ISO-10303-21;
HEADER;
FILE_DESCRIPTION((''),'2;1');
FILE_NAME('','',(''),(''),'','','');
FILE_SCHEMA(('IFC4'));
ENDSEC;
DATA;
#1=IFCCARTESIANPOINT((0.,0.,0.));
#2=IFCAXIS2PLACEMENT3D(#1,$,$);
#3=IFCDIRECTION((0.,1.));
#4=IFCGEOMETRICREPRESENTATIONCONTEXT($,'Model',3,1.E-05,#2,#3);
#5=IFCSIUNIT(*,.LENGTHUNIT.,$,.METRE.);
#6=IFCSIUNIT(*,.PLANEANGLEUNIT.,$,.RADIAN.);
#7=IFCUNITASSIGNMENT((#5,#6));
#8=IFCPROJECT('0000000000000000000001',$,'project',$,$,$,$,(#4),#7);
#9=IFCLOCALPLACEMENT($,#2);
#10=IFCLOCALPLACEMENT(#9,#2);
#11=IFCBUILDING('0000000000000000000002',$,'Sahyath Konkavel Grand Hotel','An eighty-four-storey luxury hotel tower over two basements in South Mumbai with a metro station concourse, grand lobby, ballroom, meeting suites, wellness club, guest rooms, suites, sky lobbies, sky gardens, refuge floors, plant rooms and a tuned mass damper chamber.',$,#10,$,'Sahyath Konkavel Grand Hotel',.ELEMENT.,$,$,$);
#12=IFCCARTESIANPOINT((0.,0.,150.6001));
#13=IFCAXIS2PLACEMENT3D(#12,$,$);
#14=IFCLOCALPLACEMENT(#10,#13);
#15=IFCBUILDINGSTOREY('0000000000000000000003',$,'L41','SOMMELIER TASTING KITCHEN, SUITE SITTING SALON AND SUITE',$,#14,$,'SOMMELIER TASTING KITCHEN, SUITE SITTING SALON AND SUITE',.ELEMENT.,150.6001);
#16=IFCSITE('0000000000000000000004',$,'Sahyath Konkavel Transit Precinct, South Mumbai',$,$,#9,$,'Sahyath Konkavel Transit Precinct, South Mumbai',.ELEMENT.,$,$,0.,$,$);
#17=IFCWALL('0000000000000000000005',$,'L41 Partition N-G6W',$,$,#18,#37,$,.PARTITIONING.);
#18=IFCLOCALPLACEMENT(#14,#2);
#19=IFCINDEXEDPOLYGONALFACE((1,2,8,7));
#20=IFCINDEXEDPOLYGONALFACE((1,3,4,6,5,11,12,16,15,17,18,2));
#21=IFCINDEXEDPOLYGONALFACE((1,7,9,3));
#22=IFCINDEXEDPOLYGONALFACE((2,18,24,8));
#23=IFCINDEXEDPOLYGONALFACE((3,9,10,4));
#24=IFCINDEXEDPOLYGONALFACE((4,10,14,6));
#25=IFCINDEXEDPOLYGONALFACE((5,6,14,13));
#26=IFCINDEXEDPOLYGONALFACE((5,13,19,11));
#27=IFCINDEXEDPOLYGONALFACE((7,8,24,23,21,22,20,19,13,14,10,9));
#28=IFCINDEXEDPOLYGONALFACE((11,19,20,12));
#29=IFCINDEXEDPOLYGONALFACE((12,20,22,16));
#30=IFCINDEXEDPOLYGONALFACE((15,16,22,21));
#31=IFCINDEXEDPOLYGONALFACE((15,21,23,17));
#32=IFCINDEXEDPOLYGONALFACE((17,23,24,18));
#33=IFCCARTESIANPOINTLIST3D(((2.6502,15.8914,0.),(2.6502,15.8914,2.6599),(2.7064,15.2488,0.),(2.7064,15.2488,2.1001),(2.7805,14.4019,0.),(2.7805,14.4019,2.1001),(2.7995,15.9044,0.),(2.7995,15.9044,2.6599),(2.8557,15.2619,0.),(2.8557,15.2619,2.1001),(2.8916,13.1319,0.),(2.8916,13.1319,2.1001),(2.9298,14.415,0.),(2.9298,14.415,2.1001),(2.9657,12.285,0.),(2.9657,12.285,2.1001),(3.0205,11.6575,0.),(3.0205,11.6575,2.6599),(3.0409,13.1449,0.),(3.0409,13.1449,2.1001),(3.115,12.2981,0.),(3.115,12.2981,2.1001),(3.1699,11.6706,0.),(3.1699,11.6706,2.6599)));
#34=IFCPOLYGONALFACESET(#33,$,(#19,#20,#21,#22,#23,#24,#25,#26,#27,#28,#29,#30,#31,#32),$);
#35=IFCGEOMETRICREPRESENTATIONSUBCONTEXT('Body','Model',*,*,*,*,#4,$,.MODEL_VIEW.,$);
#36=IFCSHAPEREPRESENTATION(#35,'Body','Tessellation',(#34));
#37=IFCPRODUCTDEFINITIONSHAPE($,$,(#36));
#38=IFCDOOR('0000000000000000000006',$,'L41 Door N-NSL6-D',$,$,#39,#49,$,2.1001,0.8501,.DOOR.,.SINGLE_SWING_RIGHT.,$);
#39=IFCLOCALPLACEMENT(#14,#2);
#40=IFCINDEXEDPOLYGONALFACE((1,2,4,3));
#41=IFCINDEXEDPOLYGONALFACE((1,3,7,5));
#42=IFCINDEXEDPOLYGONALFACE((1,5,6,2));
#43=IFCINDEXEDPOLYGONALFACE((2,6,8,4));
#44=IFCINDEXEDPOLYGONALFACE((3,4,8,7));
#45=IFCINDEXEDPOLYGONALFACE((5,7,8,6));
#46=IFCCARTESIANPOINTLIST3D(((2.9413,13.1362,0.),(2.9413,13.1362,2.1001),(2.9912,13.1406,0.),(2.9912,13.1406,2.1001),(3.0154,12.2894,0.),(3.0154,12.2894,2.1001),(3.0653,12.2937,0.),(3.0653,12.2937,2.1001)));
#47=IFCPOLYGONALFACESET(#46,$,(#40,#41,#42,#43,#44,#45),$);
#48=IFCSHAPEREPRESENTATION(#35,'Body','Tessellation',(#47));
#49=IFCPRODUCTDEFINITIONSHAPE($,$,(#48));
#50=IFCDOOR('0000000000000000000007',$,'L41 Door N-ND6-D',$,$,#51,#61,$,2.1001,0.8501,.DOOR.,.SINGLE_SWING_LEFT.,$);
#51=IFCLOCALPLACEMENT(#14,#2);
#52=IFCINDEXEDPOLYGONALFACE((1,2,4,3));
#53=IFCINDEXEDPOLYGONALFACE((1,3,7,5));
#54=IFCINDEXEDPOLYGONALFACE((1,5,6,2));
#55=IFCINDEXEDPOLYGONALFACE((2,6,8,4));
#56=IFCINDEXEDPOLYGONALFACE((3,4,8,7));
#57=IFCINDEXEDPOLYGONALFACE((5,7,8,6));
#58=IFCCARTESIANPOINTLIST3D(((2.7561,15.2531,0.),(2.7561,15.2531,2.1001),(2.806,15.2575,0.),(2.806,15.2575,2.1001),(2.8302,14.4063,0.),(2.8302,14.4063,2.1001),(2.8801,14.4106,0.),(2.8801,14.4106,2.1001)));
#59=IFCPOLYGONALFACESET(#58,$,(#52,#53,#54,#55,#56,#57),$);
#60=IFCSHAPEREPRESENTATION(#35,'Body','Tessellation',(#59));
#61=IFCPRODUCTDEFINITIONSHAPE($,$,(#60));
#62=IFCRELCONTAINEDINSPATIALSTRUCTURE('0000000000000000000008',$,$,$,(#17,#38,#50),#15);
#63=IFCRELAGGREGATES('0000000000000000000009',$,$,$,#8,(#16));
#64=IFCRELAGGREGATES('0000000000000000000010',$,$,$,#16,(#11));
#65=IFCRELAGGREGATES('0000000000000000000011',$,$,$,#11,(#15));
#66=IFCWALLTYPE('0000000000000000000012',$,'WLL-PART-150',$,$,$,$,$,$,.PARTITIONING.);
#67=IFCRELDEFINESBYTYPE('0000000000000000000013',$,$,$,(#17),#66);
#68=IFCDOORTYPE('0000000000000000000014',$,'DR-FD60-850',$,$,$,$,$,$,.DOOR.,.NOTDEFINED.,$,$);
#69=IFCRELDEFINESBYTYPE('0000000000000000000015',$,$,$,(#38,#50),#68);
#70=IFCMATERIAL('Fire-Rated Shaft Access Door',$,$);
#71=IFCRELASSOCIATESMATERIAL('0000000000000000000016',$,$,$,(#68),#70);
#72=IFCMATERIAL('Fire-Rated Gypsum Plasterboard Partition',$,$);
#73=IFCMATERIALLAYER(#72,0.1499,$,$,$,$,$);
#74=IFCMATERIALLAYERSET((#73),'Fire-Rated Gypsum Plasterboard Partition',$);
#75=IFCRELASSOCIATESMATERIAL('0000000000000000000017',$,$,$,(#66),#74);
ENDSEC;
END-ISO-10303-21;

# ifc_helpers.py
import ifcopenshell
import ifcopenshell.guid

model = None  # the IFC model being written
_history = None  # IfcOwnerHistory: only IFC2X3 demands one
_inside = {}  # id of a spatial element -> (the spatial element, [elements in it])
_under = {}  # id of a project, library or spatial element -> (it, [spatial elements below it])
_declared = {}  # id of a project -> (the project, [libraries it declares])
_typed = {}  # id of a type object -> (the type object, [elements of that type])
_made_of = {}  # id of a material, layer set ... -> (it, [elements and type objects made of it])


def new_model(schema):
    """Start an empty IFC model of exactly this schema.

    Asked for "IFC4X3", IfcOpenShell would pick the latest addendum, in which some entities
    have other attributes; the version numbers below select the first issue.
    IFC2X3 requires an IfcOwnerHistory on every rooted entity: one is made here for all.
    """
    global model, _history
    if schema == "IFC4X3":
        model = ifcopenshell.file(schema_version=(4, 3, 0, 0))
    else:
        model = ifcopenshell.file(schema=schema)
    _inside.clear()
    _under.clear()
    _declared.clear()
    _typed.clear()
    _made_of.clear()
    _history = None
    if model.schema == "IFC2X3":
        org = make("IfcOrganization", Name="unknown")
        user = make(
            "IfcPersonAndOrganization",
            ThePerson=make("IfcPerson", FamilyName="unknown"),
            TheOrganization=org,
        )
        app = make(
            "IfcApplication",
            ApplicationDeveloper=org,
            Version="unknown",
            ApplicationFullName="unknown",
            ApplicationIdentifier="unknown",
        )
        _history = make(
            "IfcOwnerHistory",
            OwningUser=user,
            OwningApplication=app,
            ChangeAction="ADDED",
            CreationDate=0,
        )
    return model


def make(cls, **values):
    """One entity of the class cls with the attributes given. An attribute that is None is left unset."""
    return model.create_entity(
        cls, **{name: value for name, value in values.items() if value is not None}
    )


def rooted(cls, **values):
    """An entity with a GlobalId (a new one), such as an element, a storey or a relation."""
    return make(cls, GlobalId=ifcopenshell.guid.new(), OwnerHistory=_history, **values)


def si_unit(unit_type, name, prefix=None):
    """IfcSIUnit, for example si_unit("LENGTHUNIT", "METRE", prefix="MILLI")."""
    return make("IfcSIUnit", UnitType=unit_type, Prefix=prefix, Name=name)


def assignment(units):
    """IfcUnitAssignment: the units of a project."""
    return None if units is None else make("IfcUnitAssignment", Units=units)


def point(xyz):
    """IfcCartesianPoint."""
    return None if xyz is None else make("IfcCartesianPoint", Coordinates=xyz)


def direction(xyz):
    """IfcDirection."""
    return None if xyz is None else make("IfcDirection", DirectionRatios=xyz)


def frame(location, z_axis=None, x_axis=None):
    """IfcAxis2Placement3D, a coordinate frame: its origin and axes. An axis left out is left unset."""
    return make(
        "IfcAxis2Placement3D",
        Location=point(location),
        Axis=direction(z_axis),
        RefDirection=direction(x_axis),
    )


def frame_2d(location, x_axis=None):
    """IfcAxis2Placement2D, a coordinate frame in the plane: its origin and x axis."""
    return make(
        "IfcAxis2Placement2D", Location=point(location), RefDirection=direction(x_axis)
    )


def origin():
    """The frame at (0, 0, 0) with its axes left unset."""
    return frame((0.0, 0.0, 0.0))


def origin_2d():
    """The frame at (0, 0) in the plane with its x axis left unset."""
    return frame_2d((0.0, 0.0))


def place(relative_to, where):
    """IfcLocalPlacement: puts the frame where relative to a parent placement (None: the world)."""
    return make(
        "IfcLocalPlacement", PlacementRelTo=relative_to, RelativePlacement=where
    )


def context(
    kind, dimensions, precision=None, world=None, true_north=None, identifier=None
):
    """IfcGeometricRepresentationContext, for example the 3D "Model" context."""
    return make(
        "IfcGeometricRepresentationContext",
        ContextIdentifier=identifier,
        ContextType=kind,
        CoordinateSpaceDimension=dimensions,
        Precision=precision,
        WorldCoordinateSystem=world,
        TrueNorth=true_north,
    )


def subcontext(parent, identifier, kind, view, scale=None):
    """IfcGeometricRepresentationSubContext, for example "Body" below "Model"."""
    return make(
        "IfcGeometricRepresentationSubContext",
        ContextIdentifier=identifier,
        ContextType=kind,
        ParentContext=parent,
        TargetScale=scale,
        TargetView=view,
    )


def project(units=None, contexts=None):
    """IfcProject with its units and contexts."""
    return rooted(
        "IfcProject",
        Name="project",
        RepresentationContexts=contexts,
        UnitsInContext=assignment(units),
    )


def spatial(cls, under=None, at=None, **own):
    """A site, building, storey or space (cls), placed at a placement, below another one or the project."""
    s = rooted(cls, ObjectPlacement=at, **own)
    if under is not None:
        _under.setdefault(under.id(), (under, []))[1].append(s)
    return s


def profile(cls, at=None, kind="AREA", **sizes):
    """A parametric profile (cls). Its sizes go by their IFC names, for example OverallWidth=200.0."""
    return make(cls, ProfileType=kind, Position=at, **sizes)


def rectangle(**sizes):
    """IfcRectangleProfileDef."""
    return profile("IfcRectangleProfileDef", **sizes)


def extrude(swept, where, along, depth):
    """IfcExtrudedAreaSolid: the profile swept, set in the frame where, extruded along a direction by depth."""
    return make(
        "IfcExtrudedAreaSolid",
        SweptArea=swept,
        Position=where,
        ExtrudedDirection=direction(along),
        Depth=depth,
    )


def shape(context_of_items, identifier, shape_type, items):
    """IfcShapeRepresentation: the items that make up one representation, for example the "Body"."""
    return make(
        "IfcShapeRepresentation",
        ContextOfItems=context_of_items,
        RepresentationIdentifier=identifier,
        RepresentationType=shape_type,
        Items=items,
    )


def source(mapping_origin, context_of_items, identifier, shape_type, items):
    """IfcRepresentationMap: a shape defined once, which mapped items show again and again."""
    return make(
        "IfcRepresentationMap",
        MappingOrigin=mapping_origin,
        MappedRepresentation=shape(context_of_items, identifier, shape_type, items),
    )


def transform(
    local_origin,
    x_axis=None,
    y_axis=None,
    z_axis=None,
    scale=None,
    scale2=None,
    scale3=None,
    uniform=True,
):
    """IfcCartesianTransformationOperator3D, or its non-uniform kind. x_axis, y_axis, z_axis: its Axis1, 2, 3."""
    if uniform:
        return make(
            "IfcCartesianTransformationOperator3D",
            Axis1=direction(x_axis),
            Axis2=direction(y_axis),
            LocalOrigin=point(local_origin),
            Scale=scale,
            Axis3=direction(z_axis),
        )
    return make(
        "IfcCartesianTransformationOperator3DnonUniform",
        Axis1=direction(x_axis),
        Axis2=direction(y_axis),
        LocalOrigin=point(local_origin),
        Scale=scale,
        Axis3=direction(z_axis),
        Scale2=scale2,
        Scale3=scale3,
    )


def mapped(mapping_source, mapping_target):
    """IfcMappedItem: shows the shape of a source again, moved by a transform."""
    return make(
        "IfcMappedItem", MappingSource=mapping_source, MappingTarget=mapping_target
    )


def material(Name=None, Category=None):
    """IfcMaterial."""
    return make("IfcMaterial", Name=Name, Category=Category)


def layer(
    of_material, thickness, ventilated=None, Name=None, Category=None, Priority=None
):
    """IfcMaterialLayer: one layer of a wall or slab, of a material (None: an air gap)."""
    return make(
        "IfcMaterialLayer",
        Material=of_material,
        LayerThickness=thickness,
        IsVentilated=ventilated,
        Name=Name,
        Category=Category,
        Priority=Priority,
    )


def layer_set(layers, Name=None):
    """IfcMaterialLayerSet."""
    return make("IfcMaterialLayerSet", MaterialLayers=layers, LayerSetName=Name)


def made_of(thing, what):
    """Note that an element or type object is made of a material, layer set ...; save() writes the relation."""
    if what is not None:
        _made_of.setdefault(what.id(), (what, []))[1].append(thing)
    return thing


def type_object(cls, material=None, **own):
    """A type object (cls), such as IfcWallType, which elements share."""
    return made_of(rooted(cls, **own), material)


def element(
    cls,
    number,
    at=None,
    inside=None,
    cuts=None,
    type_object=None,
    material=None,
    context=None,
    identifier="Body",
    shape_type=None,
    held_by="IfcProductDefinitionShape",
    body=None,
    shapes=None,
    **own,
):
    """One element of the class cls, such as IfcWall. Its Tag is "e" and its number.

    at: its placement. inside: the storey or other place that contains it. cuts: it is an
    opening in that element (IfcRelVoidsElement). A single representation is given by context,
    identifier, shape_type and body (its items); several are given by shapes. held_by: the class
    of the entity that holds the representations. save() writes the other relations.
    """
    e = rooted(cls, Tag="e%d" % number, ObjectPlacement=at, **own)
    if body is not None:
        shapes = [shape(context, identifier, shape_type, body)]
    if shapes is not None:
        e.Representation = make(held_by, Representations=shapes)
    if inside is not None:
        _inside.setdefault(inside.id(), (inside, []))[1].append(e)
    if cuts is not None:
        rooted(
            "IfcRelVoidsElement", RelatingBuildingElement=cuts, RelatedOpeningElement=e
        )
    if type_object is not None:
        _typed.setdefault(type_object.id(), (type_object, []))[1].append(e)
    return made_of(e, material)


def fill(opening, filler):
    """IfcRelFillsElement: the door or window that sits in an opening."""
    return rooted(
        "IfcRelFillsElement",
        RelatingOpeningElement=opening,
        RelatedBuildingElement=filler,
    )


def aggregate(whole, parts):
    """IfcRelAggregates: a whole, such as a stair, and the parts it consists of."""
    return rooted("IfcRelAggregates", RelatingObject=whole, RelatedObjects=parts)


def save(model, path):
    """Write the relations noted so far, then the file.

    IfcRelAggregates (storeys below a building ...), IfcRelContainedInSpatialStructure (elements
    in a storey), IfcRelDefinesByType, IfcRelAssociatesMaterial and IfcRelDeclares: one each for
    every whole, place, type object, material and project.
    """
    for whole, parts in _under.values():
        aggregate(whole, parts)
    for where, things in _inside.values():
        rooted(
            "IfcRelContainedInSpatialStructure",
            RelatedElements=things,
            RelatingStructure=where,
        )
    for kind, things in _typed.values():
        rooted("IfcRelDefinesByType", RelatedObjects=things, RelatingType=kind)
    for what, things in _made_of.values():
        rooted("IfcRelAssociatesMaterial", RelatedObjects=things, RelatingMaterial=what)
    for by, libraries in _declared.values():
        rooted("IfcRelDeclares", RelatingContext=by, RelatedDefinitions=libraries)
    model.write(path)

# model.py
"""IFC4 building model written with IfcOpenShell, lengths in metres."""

from ifc_helpers import new_model, si_unit, direction, frame, frame_2d, origin, origin_2d, place, context, subcontext, project, spatial, rectangle, extrude, source, transform, mapped, material, layer, layer_set, type_object, element, fill, save


model = new_model("IFC4")

# Units and contexts
model_context = context("Model", 3, precision=1e-05, world=origin(), true_north=direction((0.0, 1.0)))
body_context = subcontext(model_context, "Body", "Model", "MODEL_VIEW")
ifc_project = project(units=[si_unit("LENGTHUNIT", "METRE"), si_unit("PLANEANGLEUNIT", "RADIAN")], contexts=[model_context])

# Site, building, storey
site_placement = place(None, origin())
site = spatial("IfcSite", under=ifc_project, at=site_placement, Name="Sahyath Konkavel Transit Precinct, South Mumbai", LongName="Sahyath Konkavel Transit Precinct, South Mumbai", CompositionType="ELEMENT", RefElevation=0.0)
building_placement = place(site_placement, origin())
building = spatial("IfcBuilding", under=site, at=building_placement, Name="Sahyath Konkavel Grand Hotel", Description="An eighty-four-storey luxury hotel tower over two basements in South Mumbai with a metro station concourse, grand lobby, ballroom, meeting suites, wellness club, guest rooms, suites, sky lobbies, sky gardens, refuge floors, plant rooms and a tuned mass damper chamber.", LongName="Sahyath Konkavel Grand Hotel", CompositionType="ELEMENT")
storey_placement = place(building_placement, frame((0.0, 0.0, 150.6001)))
storey = spatial("IfcBuildingStorey", under=building, at=storey_placement, Name="L41", Description="SOMMELIER TASTING KITCHEN, SUITE SITTING SALON AND SUITE", LongName="SOMMELIER TASTING KITCHEN, SUITE SITTING SALON AND SUITE", CompositionType="ELEMENT", Elevation=150.6001)

# Shared definitions
ifc_material_1 = material(Name="Fire-Rated Shaft Access Door")
door_type = type_object("IfcDoorType", Name="DR-FD60-850", OperationType="NOTDEFINED", PredefinedType="DOOR", material=ifc_material_1)
shared_shape_1 = source(origin(), body_context, "Body", "SweptSolid", [
    extrude(rectangle(XDim=0.8501, YDim=0.05, at=origin_2d()), origin(), (0.0, 0.0, 1.0), 2.1001),
])

# Wall, openings, doors
ifc_material_2 = material(Name="Fire-Rated Gypsum Plasterboard Partition")
ifc_layer_1 = layer(ifc_material_2, 0.1499)
ifc_layer_set_1 = layer_set([ifc_layer_1], Name="Fire-Rated Gypsum Plasterboard Partition")
wall_type_1 = type_object("IfcWallType", Name="WLL-PART-150", PredefinedType="PARTITIONING", material=ifc_layer_set_1)
wall_1_placement = place(storey_placement, frame((3.0952, 11.6641, 0.0), z_axis=(0.0, 0.0, 1.0), x_axis=(-0.087143, 0.996196, 0.0)))
wall_1 = element("IfcWall", 1, at=wall_1_placement, inside=storey, type_object=wall_type_1, Name="L41 Partition N-G6W", PredefinedType="PARTITIONING", context=body_context, shape_type="SweptSolid", body=[
    extrude(rectangle(XDim=4.25, YDim=0.1499, at=frame_2d((2.125, 0.0))), origin(), (0.0, 0.0, 1.0), 2.6599),
])
opening_1_placement = place(wall_1_placement, frame((0.6299, 0.0, 0.0)))
opening_1 = element("IfcOpeningElement", 2, at=opening_1_placement, cuts=wall_1, PredefinedType="OPENING", context=body_context, shape_type="SweptSolid", body=[
    extrude(rectangle(XDim=0.8501, YDim=2.1001, at=frame_2d((0.425, 1.05))), frame((0.0, 0.085, 0.0), z_axis=(0.0, -1.0, 0.0), x_axis=(1.0, 0.0, 0.0)), (0.0, 0.0, 1.0), 0.1699),
])
opening_2_placement = place(wall_1_placement, frame((2.7549, 0.0, 0.0)))
opening_2 = element("IfcOpeningElement", 3, at=opening_2_placement, cuts=wall_1, PredefinedType="OPENING", context=body_context, shape_type="SweptSolid", body=[
    extrude(rectangle(XDim=0.8501, YDim=2.1001, at=frame_2d((0.425, 1.05))), frame((0.0, 0.085, 0.0), z_axis=(0.0, -1.0, 0.0), x_axis=(1.0, 0.0, 0.0)), (0.0, 0.0, 1.0), 0.1699),
])
door_1_placement = place(opening_1_placement, frame((0.425, 0.0, 0.0)))
door_1 = element("IfcDoor", 4, at=door_1_placement, inside=storey, type_object=door_type, Name="L41 Door N-NSL6-D", OperationType="SINGLE_SWING_RIGHT", OverallHeight=2.1001, OverallWidth=0.8501, PredefinedType="DOOR", context=body_context, shape_type="MappedRepresentation", body=[
    mapped(shared_shape_1, transform((0.0, 0.0, 0.0), scale=1.0)),
])
fill(opening_1, door_1)
door_2_placement = place(opening_2_placement, frame((0.425, 0.0, 0.0)))
door_2 = element("IfcDoor", 5, at=door_2_placement, inside=storey, type_object=door_type, Name="L41 Door N-ND6-D", OperationType="SINGLE_SWING_LEFT", OverallHeight=2.1001, OverallWidth=0.8501, PredefinedType="DOOR", context=body_context, shape_type="MappedRepresentation", body=[
    mapped(shared_shape_1, transform((0.0, 0.0, 0.0), scale=1.0)),
])
fill(opening_2, door_2)

save(model, "model.ifc")
